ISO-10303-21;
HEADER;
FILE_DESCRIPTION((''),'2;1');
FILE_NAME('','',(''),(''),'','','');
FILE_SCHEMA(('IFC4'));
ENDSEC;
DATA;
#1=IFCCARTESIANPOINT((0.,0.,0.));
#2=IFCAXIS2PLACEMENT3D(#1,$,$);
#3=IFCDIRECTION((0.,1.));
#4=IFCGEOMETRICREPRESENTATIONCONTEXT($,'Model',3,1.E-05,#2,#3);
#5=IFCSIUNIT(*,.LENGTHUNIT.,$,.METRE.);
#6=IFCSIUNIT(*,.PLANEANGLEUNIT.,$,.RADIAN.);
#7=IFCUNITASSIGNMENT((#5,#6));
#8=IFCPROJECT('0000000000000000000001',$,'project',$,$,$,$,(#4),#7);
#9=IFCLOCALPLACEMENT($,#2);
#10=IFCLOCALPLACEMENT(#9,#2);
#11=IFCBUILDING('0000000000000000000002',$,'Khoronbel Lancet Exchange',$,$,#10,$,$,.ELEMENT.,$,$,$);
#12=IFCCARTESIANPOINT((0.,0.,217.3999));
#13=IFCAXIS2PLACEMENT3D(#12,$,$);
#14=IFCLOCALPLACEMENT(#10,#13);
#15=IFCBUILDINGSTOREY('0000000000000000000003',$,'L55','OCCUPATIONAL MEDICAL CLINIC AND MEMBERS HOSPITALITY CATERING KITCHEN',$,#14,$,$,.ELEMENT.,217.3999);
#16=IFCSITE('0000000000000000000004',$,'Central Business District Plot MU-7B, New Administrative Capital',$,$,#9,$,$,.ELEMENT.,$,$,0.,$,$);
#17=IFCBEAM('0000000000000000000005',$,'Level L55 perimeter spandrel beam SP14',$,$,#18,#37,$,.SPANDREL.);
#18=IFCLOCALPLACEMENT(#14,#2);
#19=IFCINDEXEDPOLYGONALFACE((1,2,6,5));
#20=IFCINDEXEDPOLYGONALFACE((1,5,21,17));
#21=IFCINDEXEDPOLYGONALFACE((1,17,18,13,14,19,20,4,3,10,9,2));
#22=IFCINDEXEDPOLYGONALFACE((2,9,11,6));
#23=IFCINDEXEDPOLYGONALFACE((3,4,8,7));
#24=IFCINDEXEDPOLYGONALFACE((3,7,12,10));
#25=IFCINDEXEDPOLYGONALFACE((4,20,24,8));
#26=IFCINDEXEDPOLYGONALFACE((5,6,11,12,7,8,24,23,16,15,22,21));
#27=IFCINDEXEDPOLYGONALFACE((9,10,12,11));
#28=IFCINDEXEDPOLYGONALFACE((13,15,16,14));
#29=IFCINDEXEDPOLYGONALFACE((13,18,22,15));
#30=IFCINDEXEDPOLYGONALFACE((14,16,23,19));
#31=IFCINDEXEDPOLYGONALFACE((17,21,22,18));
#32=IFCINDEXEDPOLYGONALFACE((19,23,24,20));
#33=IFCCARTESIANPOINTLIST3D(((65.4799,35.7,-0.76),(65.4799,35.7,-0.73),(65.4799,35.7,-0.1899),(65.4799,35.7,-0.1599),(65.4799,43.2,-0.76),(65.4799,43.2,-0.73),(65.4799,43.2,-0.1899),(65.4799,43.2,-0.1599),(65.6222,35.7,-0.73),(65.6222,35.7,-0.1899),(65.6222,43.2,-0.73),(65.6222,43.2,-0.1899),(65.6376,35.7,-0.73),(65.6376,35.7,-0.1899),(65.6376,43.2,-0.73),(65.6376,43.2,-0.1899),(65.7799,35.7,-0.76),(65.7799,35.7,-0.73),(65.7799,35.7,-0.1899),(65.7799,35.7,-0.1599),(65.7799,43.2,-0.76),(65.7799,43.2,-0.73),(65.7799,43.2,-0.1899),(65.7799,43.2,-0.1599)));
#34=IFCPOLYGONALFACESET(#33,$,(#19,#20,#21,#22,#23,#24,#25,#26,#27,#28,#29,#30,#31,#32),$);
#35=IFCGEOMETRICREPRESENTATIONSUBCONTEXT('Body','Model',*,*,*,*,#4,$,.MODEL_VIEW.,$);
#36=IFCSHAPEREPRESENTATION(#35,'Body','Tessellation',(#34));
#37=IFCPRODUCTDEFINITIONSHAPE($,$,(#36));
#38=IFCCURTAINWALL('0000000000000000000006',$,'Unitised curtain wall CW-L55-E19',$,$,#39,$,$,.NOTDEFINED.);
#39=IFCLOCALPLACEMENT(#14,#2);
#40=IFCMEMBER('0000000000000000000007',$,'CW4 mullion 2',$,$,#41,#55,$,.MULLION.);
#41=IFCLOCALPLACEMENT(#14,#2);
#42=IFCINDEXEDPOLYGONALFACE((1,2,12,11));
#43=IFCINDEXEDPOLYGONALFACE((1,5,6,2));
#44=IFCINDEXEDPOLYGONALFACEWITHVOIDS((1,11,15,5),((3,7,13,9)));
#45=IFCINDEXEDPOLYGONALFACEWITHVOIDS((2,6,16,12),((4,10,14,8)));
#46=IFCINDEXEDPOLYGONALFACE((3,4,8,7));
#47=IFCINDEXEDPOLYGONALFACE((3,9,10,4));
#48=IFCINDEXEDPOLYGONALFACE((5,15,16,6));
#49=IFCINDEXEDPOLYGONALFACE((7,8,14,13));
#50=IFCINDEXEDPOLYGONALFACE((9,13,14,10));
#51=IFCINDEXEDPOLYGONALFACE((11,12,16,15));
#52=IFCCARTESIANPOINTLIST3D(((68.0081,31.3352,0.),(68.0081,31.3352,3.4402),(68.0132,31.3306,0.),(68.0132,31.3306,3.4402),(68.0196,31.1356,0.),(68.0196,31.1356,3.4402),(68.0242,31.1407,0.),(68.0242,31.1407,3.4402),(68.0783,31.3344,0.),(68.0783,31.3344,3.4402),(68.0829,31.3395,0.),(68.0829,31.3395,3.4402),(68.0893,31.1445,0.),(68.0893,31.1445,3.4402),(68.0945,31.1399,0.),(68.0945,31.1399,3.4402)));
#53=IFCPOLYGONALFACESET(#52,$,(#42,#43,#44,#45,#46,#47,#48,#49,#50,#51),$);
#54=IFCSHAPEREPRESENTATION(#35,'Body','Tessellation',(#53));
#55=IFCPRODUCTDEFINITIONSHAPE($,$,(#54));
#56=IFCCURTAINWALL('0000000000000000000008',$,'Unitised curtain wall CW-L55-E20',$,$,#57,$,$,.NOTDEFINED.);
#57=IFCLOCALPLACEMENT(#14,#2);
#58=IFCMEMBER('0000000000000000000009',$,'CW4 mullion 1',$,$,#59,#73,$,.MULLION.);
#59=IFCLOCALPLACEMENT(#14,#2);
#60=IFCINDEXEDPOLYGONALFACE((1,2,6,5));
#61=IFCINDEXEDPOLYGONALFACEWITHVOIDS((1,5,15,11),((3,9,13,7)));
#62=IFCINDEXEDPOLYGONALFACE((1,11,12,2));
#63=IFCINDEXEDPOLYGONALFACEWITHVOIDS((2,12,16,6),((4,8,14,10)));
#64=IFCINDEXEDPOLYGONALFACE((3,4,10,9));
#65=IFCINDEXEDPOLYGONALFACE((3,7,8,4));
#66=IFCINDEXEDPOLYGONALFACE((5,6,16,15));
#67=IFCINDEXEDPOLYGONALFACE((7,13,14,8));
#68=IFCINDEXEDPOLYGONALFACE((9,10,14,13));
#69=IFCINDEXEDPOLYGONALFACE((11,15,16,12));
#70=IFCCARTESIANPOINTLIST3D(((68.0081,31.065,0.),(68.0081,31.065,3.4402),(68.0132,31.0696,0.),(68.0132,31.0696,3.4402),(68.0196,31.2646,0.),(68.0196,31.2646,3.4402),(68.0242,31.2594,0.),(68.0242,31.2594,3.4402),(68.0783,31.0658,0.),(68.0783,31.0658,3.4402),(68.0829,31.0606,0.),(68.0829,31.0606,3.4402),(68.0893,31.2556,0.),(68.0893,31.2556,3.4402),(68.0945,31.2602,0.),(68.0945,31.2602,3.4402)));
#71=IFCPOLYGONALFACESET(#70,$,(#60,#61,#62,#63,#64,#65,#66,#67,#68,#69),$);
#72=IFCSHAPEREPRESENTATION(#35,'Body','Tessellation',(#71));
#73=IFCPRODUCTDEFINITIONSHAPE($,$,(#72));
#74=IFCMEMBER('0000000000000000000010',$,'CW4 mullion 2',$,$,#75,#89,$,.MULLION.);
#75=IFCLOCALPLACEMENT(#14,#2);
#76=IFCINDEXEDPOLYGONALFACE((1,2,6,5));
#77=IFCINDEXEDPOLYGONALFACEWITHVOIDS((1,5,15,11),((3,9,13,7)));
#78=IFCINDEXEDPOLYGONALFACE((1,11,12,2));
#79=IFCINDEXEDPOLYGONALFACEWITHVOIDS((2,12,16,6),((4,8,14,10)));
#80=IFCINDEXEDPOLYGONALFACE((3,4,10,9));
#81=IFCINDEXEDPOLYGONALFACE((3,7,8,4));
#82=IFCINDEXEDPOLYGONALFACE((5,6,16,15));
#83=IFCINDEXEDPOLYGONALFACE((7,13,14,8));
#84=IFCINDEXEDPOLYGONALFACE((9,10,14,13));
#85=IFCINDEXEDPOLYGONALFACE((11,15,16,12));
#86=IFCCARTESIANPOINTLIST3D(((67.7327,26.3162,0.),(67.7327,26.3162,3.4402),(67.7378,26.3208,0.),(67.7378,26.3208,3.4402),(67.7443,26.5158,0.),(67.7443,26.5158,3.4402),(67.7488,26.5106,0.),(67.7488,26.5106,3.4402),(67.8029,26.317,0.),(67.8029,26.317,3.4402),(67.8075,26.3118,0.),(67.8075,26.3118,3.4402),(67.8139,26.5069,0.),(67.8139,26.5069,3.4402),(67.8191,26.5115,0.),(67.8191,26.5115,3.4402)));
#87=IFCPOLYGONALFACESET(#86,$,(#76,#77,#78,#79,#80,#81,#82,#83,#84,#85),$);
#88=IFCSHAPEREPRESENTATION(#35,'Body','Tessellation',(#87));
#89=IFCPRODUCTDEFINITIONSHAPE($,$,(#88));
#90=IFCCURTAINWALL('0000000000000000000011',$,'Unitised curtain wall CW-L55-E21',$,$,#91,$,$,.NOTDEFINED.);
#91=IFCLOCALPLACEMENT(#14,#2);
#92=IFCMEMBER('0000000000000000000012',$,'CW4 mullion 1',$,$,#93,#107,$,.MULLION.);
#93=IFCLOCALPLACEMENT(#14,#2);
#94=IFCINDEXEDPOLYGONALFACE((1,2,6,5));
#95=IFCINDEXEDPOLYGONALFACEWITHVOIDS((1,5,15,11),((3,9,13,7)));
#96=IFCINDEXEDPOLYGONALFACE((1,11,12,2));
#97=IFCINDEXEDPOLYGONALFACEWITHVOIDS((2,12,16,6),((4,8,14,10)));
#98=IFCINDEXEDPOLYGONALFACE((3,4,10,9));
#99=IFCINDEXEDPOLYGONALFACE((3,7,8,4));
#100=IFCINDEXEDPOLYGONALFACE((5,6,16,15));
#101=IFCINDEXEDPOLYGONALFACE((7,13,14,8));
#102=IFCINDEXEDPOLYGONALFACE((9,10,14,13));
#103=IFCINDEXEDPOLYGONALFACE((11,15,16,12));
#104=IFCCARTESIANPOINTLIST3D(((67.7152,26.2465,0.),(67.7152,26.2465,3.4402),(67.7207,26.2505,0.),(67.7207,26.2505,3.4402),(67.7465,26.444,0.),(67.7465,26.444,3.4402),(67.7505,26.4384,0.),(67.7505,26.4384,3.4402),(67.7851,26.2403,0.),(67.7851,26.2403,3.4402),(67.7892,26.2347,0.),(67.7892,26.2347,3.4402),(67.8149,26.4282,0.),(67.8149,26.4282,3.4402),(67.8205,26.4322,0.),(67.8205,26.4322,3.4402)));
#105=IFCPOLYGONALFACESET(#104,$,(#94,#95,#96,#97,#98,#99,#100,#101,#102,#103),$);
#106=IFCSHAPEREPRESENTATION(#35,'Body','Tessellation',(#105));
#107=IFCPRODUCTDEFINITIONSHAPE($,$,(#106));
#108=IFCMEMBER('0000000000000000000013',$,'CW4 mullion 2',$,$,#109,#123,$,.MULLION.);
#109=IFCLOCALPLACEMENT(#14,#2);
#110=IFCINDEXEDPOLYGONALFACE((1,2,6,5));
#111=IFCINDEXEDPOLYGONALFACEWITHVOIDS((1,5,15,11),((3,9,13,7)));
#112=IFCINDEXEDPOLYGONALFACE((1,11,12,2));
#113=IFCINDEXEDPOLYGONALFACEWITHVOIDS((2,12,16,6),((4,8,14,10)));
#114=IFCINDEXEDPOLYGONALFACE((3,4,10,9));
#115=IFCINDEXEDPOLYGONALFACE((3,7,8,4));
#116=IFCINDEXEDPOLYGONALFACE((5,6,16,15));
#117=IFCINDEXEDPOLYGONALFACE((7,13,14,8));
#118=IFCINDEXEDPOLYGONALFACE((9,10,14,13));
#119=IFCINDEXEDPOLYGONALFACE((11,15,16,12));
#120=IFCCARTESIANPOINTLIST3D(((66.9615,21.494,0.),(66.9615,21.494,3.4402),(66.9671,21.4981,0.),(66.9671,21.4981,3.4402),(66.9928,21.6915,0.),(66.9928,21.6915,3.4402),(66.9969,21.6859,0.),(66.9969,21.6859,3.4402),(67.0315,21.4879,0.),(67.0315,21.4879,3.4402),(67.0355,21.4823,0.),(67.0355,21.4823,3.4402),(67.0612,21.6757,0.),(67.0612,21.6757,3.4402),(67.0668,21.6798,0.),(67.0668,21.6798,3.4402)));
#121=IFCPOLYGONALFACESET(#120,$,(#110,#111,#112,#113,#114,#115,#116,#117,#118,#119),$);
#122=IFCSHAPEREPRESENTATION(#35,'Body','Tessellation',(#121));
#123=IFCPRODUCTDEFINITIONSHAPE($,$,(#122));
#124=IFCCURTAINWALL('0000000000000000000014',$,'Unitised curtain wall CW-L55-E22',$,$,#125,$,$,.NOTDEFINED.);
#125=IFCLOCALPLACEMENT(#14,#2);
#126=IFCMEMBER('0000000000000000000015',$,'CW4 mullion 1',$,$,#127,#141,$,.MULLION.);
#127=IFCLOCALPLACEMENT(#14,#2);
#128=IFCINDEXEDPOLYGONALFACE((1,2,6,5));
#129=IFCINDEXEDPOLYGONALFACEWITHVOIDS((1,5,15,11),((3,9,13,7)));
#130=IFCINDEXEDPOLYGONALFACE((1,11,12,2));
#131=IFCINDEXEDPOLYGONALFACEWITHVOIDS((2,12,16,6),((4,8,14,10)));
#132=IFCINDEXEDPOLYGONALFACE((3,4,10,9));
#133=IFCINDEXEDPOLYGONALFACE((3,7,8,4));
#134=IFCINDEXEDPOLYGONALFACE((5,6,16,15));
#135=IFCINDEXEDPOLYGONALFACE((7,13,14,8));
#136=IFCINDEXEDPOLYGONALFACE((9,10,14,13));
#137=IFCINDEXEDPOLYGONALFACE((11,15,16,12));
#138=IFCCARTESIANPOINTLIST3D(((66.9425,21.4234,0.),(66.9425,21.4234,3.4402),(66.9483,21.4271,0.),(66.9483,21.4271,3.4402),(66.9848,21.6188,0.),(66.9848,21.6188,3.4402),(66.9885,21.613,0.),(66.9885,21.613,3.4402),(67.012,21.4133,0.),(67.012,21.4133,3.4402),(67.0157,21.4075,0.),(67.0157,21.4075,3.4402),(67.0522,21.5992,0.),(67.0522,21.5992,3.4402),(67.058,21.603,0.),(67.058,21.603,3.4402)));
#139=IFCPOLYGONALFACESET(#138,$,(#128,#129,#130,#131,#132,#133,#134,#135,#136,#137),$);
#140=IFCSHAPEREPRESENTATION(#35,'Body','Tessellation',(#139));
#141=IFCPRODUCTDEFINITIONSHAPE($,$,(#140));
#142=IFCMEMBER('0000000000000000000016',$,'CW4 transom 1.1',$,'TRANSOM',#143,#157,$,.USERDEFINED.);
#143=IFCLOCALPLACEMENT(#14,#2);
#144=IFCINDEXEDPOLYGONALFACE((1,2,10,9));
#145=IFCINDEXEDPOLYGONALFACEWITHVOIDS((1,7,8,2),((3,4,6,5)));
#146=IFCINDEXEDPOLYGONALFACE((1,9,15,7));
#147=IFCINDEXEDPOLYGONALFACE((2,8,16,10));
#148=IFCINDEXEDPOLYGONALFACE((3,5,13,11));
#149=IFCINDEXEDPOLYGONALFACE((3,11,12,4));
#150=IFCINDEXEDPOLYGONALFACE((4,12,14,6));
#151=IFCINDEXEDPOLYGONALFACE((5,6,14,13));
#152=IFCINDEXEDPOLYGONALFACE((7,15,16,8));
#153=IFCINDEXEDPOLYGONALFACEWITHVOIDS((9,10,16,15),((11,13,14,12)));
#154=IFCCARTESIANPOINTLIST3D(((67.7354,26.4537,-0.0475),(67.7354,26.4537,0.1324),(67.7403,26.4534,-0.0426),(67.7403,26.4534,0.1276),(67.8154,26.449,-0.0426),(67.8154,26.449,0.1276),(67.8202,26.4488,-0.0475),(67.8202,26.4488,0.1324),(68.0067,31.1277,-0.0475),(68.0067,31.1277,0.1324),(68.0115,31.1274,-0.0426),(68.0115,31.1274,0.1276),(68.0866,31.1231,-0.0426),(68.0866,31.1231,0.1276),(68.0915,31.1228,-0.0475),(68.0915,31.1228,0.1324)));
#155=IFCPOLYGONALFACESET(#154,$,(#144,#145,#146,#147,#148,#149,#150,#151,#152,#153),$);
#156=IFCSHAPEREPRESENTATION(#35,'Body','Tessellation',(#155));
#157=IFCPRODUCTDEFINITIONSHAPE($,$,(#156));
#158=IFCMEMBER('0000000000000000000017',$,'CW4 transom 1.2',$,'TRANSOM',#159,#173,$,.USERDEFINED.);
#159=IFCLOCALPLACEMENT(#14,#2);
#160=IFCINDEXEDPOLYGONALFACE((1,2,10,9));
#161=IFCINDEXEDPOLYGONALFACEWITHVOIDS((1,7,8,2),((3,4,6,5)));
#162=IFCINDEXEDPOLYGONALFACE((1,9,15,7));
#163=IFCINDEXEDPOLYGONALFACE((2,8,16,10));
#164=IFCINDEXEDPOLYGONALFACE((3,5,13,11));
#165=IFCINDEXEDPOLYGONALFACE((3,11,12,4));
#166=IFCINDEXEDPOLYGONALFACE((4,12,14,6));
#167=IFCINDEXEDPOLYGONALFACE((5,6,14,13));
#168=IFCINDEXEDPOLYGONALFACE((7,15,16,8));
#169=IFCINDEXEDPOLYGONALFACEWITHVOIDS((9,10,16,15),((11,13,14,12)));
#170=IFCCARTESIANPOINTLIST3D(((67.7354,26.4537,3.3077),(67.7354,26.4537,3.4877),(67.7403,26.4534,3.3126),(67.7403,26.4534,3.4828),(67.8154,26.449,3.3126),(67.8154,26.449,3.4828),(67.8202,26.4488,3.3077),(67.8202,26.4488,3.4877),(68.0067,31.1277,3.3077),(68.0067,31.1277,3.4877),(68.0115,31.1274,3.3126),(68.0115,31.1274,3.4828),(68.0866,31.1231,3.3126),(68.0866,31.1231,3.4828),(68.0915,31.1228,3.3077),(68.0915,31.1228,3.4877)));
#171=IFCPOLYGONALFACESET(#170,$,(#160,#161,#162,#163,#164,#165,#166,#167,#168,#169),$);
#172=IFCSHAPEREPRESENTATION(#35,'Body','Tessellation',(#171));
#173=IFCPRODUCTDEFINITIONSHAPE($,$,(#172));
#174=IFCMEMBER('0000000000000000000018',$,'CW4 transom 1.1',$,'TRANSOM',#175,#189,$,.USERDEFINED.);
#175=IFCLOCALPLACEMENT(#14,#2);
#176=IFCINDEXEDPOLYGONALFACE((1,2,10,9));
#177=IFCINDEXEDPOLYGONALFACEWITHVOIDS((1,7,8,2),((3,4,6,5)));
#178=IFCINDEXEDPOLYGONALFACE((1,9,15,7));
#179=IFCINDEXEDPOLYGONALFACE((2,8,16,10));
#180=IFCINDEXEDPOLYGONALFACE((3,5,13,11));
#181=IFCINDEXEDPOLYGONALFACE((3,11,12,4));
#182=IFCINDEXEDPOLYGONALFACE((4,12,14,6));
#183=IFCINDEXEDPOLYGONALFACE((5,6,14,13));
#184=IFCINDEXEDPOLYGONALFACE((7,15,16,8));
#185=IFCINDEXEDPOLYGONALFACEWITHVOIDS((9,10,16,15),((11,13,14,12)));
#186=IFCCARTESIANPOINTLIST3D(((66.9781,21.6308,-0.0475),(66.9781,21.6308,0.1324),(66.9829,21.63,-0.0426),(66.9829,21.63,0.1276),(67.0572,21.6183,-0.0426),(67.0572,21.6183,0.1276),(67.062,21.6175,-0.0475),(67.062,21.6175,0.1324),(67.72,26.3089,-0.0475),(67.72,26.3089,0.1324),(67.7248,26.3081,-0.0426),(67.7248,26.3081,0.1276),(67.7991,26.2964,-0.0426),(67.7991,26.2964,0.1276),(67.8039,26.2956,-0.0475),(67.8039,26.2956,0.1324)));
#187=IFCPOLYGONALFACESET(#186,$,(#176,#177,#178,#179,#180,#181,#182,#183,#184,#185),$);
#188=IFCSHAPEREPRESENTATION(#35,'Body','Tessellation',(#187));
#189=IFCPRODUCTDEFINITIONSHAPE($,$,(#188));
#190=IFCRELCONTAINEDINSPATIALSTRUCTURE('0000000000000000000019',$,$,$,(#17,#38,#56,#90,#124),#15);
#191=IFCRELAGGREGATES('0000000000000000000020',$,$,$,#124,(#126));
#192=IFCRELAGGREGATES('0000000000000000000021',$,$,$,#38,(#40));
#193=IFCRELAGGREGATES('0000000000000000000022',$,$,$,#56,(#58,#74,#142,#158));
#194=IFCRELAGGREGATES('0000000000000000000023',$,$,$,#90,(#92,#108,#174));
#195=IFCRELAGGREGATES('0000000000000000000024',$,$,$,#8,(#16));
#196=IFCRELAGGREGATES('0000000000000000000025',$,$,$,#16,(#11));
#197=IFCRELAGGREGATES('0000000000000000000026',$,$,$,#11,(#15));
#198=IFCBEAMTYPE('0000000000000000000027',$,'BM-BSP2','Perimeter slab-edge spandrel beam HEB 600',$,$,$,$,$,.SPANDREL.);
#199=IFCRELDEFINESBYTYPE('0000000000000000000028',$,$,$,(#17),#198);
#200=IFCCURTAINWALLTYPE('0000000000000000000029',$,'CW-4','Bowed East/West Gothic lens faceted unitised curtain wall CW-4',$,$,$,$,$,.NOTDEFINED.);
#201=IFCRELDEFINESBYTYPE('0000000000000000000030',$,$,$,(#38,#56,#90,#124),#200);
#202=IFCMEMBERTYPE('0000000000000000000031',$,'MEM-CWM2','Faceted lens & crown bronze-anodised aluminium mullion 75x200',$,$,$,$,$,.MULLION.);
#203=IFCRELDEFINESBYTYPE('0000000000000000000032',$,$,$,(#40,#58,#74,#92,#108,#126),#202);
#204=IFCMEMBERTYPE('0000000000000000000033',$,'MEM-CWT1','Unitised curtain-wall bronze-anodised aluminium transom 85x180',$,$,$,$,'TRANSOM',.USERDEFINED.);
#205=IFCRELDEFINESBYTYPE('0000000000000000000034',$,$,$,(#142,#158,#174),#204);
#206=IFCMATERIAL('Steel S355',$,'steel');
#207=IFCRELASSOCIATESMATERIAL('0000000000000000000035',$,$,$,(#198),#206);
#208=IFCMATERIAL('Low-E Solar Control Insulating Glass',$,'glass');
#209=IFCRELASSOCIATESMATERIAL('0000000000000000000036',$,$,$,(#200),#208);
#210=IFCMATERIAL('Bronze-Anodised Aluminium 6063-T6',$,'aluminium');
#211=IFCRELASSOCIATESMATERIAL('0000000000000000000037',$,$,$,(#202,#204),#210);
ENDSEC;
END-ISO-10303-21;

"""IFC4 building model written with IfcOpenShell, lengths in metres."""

from ifc_helpers import new_model, si_unit, direction, frame, origin, origin_2d, place, context, subcontext, project, spatial, hollow_rectangle, i_section, extrude, material, material_profile, profile_set, type_object, element, aggregate, save


model = new_model("IFC4")

# Units and contexts
model_context = context("Model", 3, precision=1e-05, world=origin(), true_north=direction((0.0, 1.0)))
body_context = subcontext(model_context, "Body", "Model", "MODEL_VIEW")
ifc_project = project(units=[si_unit("LENGTHUNIT", "METRE"), si_unit("PLANEANGLEUNIT", "RADIAN")], contexts=[model_context])

# Site, building, storey
site_placement = place(None, origin())
site = spatial("IfcSite", under=ifc_project, at=site_placement, Name="Central Business District Plot MU-7B, New Administrative Capital", CompositionType="ELEMENT", RefElevation=0.0)
building_placement = place(site_placement, origin())
building = spatial("IfcBuilding", under=site, at=building_placement, Name="Khoronbel Lancet Exchange", CompositionType="ELEMENT")
storey_placement = place(building_placement, frame((0.0, 0.0, 217.3999)))
storey = spatial("IfcBuildingStorey", under=building, at=storey_placement, Name="L55", Description="OCCUPATIONAL MEDICAL CLINIC AND MEMBERS HOSPITALITY CATERING KITCHEN", CompositionType="ELEMENT", Elevation=217.3999)

# Shared definitions
ifc_material_1 = material(Name="Steel S355", Category="steel")

# Beam
ifc_material_profile_1 = material_profile(ifc_material_1, i_section(OverallWidth=0.3, OverallDepth=0.6001, WebThickness=0.0154, FlangeThickness=0.03, at=origin_2d()), Name="HEB 600")
ifc_profile_set_1 = profile_set([ifc_material_profile_1], Name="Steel S355")
beam_type_1 = type_object("IfcBeamType", Name="BM-BSP2", Description="Perimeter slab-edge spandrel beam HEB 600", PredefinedType="SPANDREL", material=ifc_profile_set_1)
beam_1_placement = place(storey_placement, frame((65.6299, 35.7, -0.46), z_axis=(0.0, 1.0, 0.0), x_axis=(-1.0, 0.0, 0.0)))
element("IfcBeam", 1, at=beam_1_placement, inside=storey, type_object=beam_type_1, Name="Level L55 perimeter spandrel beam SP14", PredefinedType="SPANDREL", context=body_context, shape_type="SweptSolid", body=[
    extrude(i_section(OverallWidth=0.3, OverallDepth=0.6001, WebThickness=0.0154, FlangeThickness=0.03, at=origin_2d()), origin(), (0.0, 0.0, 1.0), 7.5),
])

# Curtain wall, member
ifc_material_2 = material(Name="Low-E Solar Control Insulating Glass", Category="glass")
curtain_wall_type = type_object("IfcCurtainWallType", Name="CW-4", Description="Bowed East/West Gothic lens faceted unitised curtain wall CW-4", PredefinedType="NOTDEFINED", material=ifc_material_2)
curtain_wall_1_placement = place(storey_placement, origin())
curtain_wall_1 = element("IfcCurtainWall", 2, at=curtain_wall_1_placement, inside=storey, type_object=curtain_wall_type, Name="Unitised curtain wall CW-L55-E19", PredefinedType="NOTDEFINED")
ifc_material_3 = material(Name="Bronze-Anodised Aluminium 6063-T6", Category="aluminium")
ifc_material_profile_2 = material_profile(ifc_material_3, hollow_rectangle(XDim=0.075, YDim=0.2, WallThickness=0.0049, at=origin_2d()), Name="ALU MULLION 75x200")
ifc_profile_set_2 = profile_set([ifc_material_profile_2], Name="Bronze-Anodised Aluminium 6063-T6")
member_type_1 = type_object("IfcMemberType", Name="MEM-CWM2", Description="Faceted lens & crown bronze-anodised aluminium mullion 75x200", PredefinedType="MULLION", material=ifc_profile_set_2)
member_1_placement = place(storey_placement, frame((68.0513, 31.2375, 0.0), z_axis=(0.0, 0.0, 1.0), x_axis=(0.998321, 0.05793, 0.0)))
member_1 = element("IfcMember", 3, at=member_1_placement, type_object=member_type_1, Name="CW4 mullion 2", PredefinedType="MULLION", context=body_context, shape_type="SweptSolid", body=[
    extrude(hollow_rectangle(XDim=0.075, YDim=0.2, WallThickness=0.0049, at=origin_2d()), origin(), (0.0, 0.0, 1.0), 3.4402),
])

# Curtain walls, members
curtain_wall_2_placement = place(storey_placement, origin())
curtain_wall_2 = element("IfcCurtainWall", 4, at=curtain_wall_2_placement, inside=storey, type_object=curtain_wall_type, Name="Unitised curtain wall CW-L55-E20", PredefinedType="NOTDEFINED")
member_2_placement = place(storey_placement, frame((68.0513, 31.1626, 0.0), z_axis=(0.0, 0.0, 1.0), x_axis=(0.998321, -0.05793, 0.0)))
member_2 = element("IfcMember", 5, at=member_2_placement, type_object=member_type_1, Name="CW4 mullion 1", PredefinedType="MULLION", context=body_context, shape_type="SweptSolid", body=[
    extrude(hollow_rectangle(XDim=0.075, YDim=0.2, WallThickness=0.0049, at=origin_2d()), origin(), (0.0, 0.0, 1.0), 3.4402),
])
member_3_placement = place(storey_placement, frame((67.7759, 26.4138, 0.0), z_axis=(0.0, 0.0, 1.0), x_axis=(0.998321, -0.05793, 0.0)))
member_3 = element("IfcMember", 6, at=member_3_placement, type_object=member_type_1, Name="CW4 mullion 2", PredefinedType="MULLION", context=body_context, shape_type="SweptSolid", body=[
    extrude(hollow_rectangle(XDim=0.075, YDim=0.2, WallThickness=0.0049, at=origin_2d()), origin(), (0.0, 0.0, 1.0), 3.4402),
])
curtain_wall_3_placement = place(storey_placement, origin())
curtain_wall_3 = element("IfcCurtainWall", 7, at=curtain_wall_3_placement, inside=storey, type_object=curtain_wall_type, Name="Unitised curtain wall CW-L55-E21", PredefinedType="NOTDEFINED")
member_4_placement = place(storey_placement, frame((67.7678, 26.3394, 0.0), z_axis=(0.0, 0.0, 1.0), x_axis=(0.987661, -0.156606, 0.0)))
member_4 = element("IfcMember", 8, at=member_4_placement, type_object=member_type_1, Name="CW4 mullion 1", PredefinedType="MULLION", context=body_context, shape_type="SweptSolid", body=[
    extrude(hollow_rectangle(XDim=0.075, YDim=0.2, WallThickness=0.0049, at=origin_2d()), origin(), (0.0, 0.0, 1.0), 3.4402),
])
member_5_placement = place(storey_placement, frame((67.0142, 21.5869, 0.0), z_axis=(0.0, 0.0, 1.0), x_axis=(0.987661, -0.156606, 0.0)))
member_5 = element("IfcMember", 9, at=member_5_placement, type_object=member_type_1, Name="CW4 mullion 2", PredefinedType="MULLION", context=body_context, shape_type="SweptSolid", body=[
    extrude(hollow_rectangle(XDim=0.075, YDim=0.2, WallThickness=0.0049, at=origin_2d()), origin(), (0.0, 0.0, 1.0), 3.4402),
])

# Curtain wall, member
curtain_wall_4_placement = place(storey_placement, origin())
curtain_wall_4 = element("IfcCurtainWall", 10, at=curtain_wall_4_placement, inside=storey, type_object=curtain_wall_type, Name="Unitised curtain wall CW-L55-E22", PredefinedType="NOTDEFINED")
member_6_placement = place(storey_placement, frame((67.0002, 21.5132, 0.0), z_axis=(0.0, 0.0, 1.0), x_axis=(0.977341, -0.21167, 0.0)))
member_6 = element("IfcMember", 11, at=member_6_placement, type_object=member_type_1, Name="CW4 mullion 1", PredefinedType="MULLION", context=body_context, shape_type="SweptSolid", body=[
    extrude(hollow_rectangle(XDim=0.075, YDim=0.2, WallThickness=0.0049, at=origin_2d()), origin(), (0.0, 0.0, 1.0), 3.4402),
])

# Members
ifc_material_profile_3 = material_profile(ifc_material_3, hollow_rectangle(XDim=0.085, YDim=0.1799, WallThickness=0.0049, at=origin_2d()), Name="ALU TRANSOM 85x180")
ifc_profile_set_3 = profile_set([ifc_material_profile_3], Name="Bronze-Anodised Aluminium 6063-T6")
member_type_2 = type_object("IfcMemberType", Name="MEM-CWT1", Description="Unitised curtain-wall bronze-anodised aluminium transom 85x180", ElementType="TRANSOM", PredefinedType="USERDEFINED", material=ifc_profile_set_3)
member_7_placement = place(storey_placement, frame((68.0491, 31.1252, 0.0425), z_axis=(-0.057933, -0.99832, 0.0), x_axis=(0.99832, -0.057933, 0.0)))
member_7 = element("IfcMember", 12, at=member_7_placement, type_object=member_type_2, Name="CW4 transom 1.1", ObjectType="TRANSOM", PredefinedType="USERDEFINED", context=body_context, shape_type="SweptSolid", body=[
    extrude(hollow_rectangle(XDim=0.085, YDim=0.1799, WallThickness=0.0049, at=origin_2d()), origin(), (0.0, 0.0, 1.0), 4.6819),
])
member_8_placement = place(storey_placement, frame((68.0491, 31.1252, 3.3977), z_axis=(-0.057933, -0.99832, 0.0), x_axis=(0.99832, -0.057933, 0.0)))
member_8 = element("IfcMember", 13, at=member_8_placement, type_object=member_type_2, Name="CW4 transom 1.2", ObjectType="TRANSOM", PredefinedType="USERDEFINED", context=body_context, shape_type="SweptSolid", body=[
    extrude(hollow_rectangle(XDim=0.085, YDim=0.1799, WallThickness=0.0049, at=origin_2d()), origin(), (0.0, 0.0, 1.0), 4.6819),
])
member_9_placement = place(storey_placement, frame((67.762, 26.3022, 0.0425), z_axis=(-0.156637, -0.987656, 0.0), x_axis=(0.987656, -0.156637, 0.0)))
member_9 = element("IfcMember", 14, at=member_9_placement, type_object=member_type_2, Name="CW4 transom 1.1", ObjectType="TRANSOM", PredefinedType="USERDEFINED", context=body_context, shape_type="SweptSolid", body=[
    extrude(hollow_rectangle(XDim=0.085, YDim=0.1799, WallThickness=0.0049, at=origin_2d()), origin(), (0.0, 0.0, 1.0), 4.7366),
])
aggregate(curtain_wall_4, [member_6])

aggregate(curtain_wall_1, [member_1])
aggregate(curtain_wall_2, [member_2, member_3, member_7, member_8])
aggregate(curtain_wall_3, [member_4, member_5, member_9])

save(model, "model.ifc")
